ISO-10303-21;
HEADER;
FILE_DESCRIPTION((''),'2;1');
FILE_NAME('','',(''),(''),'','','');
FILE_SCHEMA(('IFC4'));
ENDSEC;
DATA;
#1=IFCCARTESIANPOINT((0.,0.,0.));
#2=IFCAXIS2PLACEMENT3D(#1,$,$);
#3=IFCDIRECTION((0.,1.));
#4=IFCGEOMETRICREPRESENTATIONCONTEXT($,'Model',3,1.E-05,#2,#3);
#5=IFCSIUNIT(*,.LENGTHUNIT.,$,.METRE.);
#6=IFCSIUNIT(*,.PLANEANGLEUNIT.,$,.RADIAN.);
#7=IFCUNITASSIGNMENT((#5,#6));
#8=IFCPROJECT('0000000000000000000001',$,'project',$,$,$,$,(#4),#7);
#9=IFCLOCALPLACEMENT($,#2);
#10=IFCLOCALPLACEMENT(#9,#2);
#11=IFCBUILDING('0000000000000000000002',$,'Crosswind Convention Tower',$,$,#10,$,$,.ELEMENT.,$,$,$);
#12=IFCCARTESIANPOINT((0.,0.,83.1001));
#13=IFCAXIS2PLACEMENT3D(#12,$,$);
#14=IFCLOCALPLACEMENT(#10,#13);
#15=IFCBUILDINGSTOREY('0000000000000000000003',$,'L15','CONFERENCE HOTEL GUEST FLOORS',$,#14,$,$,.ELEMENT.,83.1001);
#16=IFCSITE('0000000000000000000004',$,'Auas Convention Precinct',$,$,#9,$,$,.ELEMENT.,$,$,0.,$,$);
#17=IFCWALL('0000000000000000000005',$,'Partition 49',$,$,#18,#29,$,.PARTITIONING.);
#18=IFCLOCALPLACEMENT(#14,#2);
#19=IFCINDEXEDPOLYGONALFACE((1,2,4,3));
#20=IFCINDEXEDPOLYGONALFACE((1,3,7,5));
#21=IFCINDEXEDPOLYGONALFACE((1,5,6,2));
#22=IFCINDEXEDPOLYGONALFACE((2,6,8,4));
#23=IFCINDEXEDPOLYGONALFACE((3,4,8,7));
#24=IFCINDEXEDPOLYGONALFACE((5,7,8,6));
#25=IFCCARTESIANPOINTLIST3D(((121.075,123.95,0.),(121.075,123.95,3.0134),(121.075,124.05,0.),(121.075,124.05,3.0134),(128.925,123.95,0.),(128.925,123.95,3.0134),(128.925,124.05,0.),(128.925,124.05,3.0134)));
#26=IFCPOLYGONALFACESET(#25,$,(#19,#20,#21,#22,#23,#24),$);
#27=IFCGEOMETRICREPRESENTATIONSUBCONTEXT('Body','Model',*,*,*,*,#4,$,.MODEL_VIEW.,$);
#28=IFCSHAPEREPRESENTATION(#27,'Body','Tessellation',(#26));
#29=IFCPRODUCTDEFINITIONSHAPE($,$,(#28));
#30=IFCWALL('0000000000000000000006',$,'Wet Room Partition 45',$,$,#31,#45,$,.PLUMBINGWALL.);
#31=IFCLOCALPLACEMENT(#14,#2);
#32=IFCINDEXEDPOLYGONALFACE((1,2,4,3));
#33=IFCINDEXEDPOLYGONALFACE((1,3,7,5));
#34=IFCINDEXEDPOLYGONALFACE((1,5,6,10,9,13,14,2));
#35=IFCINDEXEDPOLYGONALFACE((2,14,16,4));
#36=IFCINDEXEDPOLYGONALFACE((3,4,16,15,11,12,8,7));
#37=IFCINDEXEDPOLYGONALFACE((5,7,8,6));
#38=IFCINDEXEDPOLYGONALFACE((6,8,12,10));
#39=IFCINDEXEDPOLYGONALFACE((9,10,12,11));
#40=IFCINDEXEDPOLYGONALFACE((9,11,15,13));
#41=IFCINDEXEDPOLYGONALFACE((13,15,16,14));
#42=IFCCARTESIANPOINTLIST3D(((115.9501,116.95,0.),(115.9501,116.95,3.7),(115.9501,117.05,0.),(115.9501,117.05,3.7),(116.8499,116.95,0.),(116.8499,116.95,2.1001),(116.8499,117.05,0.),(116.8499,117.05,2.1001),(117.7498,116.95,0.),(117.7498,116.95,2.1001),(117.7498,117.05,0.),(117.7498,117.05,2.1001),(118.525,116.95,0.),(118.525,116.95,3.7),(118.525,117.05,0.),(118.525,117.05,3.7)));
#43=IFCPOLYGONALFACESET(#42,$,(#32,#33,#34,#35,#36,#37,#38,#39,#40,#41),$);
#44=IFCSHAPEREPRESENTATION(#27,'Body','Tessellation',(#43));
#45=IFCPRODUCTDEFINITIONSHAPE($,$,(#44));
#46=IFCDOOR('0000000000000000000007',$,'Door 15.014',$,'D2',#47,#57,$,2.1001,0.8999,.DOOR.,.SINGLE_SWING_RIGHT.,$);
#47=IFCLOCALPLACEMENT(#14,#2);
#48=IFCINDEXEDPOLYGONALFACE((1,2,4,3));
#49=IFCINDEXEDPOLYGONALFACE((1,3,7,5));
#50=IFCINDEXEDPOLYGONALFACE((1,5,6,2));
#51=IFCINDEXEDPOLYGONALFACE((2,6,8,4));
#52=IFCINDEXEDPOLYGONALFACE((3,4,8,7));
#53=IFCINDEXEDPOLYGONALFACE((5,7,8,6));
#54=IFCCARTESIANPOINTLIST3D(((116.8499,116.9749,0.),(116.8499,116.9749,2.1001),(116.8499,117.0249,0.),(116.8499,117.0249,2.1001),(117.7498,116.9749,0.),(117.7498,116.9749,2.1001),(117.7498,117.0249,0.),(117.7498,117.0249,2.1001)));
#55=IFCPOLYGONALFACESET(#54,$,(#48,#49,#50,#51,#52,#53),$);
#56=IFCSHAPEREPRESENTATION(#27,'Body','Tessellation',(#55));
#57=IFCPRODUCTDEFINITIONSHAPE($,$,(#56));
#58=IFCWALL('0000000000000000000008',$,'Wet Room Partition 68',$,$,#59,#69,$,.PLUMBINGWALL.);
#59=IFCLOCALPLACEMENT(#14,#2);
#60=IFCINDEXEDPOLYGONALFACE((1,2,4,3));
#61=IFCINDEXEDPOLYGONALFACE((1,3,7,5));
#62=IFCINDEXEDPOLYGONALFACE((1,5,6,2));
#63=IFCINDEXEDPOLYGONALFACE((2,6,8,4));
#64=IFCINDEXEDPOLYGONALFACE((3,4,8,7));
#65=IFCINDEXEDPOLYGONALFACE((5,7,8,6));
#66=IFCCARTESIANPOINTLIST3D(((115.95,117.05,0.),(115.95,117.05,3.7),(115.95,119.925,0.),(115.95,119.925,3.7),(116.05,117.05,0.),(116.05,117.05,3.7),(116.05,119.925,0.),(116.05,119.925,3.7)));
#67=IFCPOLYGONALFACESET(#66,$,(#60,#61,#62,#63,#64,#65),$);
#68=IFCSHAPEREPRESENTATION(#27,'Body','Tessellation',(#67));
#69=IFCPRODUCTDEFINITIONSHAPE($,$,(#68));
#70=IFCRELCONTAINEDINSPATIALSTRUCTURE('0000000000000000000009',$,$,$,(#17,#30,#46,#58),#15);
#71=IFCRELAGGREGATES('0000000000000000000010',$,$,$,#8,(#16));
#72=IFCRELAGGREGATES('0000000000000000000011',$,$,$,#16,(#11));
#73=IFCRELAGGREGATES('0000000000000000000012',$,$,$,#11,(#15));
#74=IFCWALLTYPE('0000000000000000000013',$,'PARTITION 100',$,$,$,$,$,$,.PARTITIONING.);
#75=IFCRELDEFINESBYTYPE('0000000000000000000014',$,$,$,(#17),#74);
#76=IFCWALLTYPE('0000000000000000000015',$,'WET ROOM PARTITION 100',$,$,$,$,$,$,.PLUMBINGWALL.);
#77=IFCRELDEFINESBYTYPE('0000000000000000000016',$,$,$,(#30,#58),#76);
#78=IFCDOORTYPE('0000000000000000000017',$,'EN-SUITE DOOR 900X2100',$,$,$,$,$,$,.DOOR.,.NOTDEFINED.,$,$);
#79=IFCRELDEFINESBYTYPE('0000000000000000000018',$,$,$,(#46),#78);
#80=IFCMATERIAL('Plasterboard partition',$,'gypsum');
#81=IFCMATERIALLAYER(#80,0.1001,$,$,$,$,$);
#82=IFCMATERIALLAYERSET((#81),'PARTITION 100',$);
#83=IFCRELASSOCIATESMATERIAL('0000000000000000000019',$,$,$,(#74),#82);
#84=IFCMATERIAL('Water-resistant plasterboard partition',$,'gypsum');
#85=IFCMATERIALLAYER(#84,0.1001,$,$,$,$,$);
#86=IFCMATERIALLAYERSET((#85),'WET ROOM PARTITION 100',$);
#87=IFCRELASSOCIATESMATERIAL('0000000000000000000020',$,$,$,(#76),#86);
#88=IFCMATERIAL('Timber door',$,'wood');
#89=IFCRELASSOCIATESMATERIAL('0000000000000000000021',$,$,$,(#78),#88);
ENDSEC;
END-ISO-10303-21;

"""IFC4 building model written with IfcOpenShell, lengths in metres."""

from ifc_helpers import new_model, si_unit, direction, frame, frame_2d, origin, place, context, subcontext, project, spatial, rectangle, extrude, material, layer, layer_set, type_object, element, fill, save


model = new_model("IFC4")

# Units and contexts
model_context = context("Model", 3, precision=1e-05, world=origin(), true_north=direction((0.0, 1.0)))
body_context = subcontext(model_context, "Body", "Model", "MODEL_VIEW")
ifc_project = project(units=[si_unit("LENGTHUNIT", "METRE"), si_unit("PLANEANGLEUNIT", "RADIAN")], contexts=[model_context])

# Site, building, storey
site_placement = place(None, origin())
site = spatial("IfcSite", under=ifc_project, at=site_placement, Name="Auas Convention Precinct", CompositionType="ELEMENT", RefElevation=0.0)
building_placement = place(site_placement, origin())
building = spatial("IfcBuilding", under=site, at=building_placement, Name="Crosswind Convention Tower", CompositionType="ELEMENT")
storey_placement = place(building_placement, frame((0.0, 0.0, 83.1001)))
storey = spatial("IfcBuildingStorey", under=building, at=storey_placement, Name="L15", Description="CONFERENCE HOTEL GUEST FLOORS", CompositionType="ELEMENT", Elevation=83.1001)

# Shared definitions
ifc_material_1 = material(Name="Plasterboard partition", Category="gypsum")

# Wall
ifc_layer_1 = layer(ifc_material_1, 0.1001)
ifc_layer_set_1 = layer_set([ifc_layer_1], Name="PARTITION 100")
wall_type_1 = type_object("IfcWallType", Name="PARTITION 100", PredefinedType="PARTITIONING", material=ifc_layer_set_1)
wall_1_placement = place(storey_placement, frame((121.075, 124.0, 0.0), z_axis=(0.0, 0.0, 1.0), x_axis=(1.0, 0.0, 0.0)))
element("IfcWall", 1, at=wall_1_placement, inside=storey, type_object=wall_type_1, Name="Partition 49", PredefinedType="PARTITIONING", context=body_context, shape_type="SweptSolid", body=[
    extrude(rectangle(XDim=7.8501, YDim=0.1001, at=frame_2d((3.925, 0.0))), origin(), (0.0, 0.0, 1.0), 3.0134),
])

# Wall, opening, door
ifc_material_2 = material(Name="Water-resistant plasterboard partition", Category="gypsum")
ifc_layer_2 = layer(ifc_material_2, 0.1001)
ifc_layer_set_2 = layer_set([ifc_layer_2], Name="WET ROOM PARTITION 100")
wall_type_2 = type_object("IfcWallType", Name="WET ROOM PARTITION 100", PredefinedType="PLUMBINGWALL", material=ifc_layer_set_2)
wall_2_placement = place(storey_placement, frame((115.95, 117.0, 0.0), z_axis=(0.0, 0.0, 1.0), x_axis=(1.0, 0.0, 0.0)))
wall_2 = element("IfcWall", 2, at=wall_2_placement, inside=storey, type_object=wall_type_2, Name="Wet Room Partition 45", PredefinedType="PLUMBINGWALL", context=body_context, shape_type="SweptSolid", body=[
    extrude(rectangle(XDim=2.575, YDim=0.1001, at=frame_2d((1.2876, 0.0))), origin(), (0.0, 0.0, 1.0), 3.7),
])
opening_1_placement = place(wall_2_placement, frame((0.8999, 0.0, 0.0)))
opening_1 = element("IfcOpeningElement", 3, at=opening_1_placement, cuts=wall_2, PredefinedType="OPENING", context=body_context, shape_type="SweptSolid", body=[
    extrude(rectangle(XDim=0.8999, YDim=2.1001, at=frame_2d((0.45, 1.05))), frame((0.0, 0.0601, 0.0), z_axis=(0.0, -1.0, 0.0), x_axis=(1.0, 0.0, 0.0)), (0.0, 0.0, 1.0), 0.1201),
])
ifc_material_3 = material(Name="Timber door", Category="wood")
door_type_1 = type_object("IfcDoorType", Name="EN-SUITE DOOR 900X2100", OperationType="NOTDEFINED", PredefinedType="DOOR", material=ifc_material_3)
door_1_placement = place(opening_1_placement, origin())
door_1 = element("IfcDoor", 4, at=door_1_placement, inside=storey, type_object=door_type_1, Name="Door 15.014", ObjectType="D2", OperationType="SINGLE_SWING_RIGHT", OverallHeight=2.1001, OverallWidth=0.8999, PredefinedType="DOOR", context=body_context, shape_type="SweptSolid", body=[
    extrude(rectangle(XDim=0.8999, YDim=2.1001, at=frame_2d((0.45, 1.05))), frame((0.0, 0.0249, 0.0), z_axis=(0.0, -1.0, 0.0), x_axis=(1.0, 0.0, 0.0)), (0.0, 0.0, 1.0), 0.05),
])
fill(opening_1, door_1)

# Wall
wall_3_placement = place(storey_placement, frame((116.0, 117.05, 0.0), z_axis=(0.0, 0.0, 1.0), x_axis=(0.0, 1.0, 0.0)))
element("IfcWall", 5, at=wall_3_placement, inside=storey, type_object=wall_type_2, Name="Wet Room Partition 68", PredefinedType="PLUMBINGWALL", context=body_context, shape_type="SweptSolid", body=[
    extrude(rectangle(XDim=2.875, YDim=0.1001, at=frame_2d((1.4375, 0.0))), origin(), (0.0, 0.0, 1.0), 3.7),
])

save(model, "model.ifc")
